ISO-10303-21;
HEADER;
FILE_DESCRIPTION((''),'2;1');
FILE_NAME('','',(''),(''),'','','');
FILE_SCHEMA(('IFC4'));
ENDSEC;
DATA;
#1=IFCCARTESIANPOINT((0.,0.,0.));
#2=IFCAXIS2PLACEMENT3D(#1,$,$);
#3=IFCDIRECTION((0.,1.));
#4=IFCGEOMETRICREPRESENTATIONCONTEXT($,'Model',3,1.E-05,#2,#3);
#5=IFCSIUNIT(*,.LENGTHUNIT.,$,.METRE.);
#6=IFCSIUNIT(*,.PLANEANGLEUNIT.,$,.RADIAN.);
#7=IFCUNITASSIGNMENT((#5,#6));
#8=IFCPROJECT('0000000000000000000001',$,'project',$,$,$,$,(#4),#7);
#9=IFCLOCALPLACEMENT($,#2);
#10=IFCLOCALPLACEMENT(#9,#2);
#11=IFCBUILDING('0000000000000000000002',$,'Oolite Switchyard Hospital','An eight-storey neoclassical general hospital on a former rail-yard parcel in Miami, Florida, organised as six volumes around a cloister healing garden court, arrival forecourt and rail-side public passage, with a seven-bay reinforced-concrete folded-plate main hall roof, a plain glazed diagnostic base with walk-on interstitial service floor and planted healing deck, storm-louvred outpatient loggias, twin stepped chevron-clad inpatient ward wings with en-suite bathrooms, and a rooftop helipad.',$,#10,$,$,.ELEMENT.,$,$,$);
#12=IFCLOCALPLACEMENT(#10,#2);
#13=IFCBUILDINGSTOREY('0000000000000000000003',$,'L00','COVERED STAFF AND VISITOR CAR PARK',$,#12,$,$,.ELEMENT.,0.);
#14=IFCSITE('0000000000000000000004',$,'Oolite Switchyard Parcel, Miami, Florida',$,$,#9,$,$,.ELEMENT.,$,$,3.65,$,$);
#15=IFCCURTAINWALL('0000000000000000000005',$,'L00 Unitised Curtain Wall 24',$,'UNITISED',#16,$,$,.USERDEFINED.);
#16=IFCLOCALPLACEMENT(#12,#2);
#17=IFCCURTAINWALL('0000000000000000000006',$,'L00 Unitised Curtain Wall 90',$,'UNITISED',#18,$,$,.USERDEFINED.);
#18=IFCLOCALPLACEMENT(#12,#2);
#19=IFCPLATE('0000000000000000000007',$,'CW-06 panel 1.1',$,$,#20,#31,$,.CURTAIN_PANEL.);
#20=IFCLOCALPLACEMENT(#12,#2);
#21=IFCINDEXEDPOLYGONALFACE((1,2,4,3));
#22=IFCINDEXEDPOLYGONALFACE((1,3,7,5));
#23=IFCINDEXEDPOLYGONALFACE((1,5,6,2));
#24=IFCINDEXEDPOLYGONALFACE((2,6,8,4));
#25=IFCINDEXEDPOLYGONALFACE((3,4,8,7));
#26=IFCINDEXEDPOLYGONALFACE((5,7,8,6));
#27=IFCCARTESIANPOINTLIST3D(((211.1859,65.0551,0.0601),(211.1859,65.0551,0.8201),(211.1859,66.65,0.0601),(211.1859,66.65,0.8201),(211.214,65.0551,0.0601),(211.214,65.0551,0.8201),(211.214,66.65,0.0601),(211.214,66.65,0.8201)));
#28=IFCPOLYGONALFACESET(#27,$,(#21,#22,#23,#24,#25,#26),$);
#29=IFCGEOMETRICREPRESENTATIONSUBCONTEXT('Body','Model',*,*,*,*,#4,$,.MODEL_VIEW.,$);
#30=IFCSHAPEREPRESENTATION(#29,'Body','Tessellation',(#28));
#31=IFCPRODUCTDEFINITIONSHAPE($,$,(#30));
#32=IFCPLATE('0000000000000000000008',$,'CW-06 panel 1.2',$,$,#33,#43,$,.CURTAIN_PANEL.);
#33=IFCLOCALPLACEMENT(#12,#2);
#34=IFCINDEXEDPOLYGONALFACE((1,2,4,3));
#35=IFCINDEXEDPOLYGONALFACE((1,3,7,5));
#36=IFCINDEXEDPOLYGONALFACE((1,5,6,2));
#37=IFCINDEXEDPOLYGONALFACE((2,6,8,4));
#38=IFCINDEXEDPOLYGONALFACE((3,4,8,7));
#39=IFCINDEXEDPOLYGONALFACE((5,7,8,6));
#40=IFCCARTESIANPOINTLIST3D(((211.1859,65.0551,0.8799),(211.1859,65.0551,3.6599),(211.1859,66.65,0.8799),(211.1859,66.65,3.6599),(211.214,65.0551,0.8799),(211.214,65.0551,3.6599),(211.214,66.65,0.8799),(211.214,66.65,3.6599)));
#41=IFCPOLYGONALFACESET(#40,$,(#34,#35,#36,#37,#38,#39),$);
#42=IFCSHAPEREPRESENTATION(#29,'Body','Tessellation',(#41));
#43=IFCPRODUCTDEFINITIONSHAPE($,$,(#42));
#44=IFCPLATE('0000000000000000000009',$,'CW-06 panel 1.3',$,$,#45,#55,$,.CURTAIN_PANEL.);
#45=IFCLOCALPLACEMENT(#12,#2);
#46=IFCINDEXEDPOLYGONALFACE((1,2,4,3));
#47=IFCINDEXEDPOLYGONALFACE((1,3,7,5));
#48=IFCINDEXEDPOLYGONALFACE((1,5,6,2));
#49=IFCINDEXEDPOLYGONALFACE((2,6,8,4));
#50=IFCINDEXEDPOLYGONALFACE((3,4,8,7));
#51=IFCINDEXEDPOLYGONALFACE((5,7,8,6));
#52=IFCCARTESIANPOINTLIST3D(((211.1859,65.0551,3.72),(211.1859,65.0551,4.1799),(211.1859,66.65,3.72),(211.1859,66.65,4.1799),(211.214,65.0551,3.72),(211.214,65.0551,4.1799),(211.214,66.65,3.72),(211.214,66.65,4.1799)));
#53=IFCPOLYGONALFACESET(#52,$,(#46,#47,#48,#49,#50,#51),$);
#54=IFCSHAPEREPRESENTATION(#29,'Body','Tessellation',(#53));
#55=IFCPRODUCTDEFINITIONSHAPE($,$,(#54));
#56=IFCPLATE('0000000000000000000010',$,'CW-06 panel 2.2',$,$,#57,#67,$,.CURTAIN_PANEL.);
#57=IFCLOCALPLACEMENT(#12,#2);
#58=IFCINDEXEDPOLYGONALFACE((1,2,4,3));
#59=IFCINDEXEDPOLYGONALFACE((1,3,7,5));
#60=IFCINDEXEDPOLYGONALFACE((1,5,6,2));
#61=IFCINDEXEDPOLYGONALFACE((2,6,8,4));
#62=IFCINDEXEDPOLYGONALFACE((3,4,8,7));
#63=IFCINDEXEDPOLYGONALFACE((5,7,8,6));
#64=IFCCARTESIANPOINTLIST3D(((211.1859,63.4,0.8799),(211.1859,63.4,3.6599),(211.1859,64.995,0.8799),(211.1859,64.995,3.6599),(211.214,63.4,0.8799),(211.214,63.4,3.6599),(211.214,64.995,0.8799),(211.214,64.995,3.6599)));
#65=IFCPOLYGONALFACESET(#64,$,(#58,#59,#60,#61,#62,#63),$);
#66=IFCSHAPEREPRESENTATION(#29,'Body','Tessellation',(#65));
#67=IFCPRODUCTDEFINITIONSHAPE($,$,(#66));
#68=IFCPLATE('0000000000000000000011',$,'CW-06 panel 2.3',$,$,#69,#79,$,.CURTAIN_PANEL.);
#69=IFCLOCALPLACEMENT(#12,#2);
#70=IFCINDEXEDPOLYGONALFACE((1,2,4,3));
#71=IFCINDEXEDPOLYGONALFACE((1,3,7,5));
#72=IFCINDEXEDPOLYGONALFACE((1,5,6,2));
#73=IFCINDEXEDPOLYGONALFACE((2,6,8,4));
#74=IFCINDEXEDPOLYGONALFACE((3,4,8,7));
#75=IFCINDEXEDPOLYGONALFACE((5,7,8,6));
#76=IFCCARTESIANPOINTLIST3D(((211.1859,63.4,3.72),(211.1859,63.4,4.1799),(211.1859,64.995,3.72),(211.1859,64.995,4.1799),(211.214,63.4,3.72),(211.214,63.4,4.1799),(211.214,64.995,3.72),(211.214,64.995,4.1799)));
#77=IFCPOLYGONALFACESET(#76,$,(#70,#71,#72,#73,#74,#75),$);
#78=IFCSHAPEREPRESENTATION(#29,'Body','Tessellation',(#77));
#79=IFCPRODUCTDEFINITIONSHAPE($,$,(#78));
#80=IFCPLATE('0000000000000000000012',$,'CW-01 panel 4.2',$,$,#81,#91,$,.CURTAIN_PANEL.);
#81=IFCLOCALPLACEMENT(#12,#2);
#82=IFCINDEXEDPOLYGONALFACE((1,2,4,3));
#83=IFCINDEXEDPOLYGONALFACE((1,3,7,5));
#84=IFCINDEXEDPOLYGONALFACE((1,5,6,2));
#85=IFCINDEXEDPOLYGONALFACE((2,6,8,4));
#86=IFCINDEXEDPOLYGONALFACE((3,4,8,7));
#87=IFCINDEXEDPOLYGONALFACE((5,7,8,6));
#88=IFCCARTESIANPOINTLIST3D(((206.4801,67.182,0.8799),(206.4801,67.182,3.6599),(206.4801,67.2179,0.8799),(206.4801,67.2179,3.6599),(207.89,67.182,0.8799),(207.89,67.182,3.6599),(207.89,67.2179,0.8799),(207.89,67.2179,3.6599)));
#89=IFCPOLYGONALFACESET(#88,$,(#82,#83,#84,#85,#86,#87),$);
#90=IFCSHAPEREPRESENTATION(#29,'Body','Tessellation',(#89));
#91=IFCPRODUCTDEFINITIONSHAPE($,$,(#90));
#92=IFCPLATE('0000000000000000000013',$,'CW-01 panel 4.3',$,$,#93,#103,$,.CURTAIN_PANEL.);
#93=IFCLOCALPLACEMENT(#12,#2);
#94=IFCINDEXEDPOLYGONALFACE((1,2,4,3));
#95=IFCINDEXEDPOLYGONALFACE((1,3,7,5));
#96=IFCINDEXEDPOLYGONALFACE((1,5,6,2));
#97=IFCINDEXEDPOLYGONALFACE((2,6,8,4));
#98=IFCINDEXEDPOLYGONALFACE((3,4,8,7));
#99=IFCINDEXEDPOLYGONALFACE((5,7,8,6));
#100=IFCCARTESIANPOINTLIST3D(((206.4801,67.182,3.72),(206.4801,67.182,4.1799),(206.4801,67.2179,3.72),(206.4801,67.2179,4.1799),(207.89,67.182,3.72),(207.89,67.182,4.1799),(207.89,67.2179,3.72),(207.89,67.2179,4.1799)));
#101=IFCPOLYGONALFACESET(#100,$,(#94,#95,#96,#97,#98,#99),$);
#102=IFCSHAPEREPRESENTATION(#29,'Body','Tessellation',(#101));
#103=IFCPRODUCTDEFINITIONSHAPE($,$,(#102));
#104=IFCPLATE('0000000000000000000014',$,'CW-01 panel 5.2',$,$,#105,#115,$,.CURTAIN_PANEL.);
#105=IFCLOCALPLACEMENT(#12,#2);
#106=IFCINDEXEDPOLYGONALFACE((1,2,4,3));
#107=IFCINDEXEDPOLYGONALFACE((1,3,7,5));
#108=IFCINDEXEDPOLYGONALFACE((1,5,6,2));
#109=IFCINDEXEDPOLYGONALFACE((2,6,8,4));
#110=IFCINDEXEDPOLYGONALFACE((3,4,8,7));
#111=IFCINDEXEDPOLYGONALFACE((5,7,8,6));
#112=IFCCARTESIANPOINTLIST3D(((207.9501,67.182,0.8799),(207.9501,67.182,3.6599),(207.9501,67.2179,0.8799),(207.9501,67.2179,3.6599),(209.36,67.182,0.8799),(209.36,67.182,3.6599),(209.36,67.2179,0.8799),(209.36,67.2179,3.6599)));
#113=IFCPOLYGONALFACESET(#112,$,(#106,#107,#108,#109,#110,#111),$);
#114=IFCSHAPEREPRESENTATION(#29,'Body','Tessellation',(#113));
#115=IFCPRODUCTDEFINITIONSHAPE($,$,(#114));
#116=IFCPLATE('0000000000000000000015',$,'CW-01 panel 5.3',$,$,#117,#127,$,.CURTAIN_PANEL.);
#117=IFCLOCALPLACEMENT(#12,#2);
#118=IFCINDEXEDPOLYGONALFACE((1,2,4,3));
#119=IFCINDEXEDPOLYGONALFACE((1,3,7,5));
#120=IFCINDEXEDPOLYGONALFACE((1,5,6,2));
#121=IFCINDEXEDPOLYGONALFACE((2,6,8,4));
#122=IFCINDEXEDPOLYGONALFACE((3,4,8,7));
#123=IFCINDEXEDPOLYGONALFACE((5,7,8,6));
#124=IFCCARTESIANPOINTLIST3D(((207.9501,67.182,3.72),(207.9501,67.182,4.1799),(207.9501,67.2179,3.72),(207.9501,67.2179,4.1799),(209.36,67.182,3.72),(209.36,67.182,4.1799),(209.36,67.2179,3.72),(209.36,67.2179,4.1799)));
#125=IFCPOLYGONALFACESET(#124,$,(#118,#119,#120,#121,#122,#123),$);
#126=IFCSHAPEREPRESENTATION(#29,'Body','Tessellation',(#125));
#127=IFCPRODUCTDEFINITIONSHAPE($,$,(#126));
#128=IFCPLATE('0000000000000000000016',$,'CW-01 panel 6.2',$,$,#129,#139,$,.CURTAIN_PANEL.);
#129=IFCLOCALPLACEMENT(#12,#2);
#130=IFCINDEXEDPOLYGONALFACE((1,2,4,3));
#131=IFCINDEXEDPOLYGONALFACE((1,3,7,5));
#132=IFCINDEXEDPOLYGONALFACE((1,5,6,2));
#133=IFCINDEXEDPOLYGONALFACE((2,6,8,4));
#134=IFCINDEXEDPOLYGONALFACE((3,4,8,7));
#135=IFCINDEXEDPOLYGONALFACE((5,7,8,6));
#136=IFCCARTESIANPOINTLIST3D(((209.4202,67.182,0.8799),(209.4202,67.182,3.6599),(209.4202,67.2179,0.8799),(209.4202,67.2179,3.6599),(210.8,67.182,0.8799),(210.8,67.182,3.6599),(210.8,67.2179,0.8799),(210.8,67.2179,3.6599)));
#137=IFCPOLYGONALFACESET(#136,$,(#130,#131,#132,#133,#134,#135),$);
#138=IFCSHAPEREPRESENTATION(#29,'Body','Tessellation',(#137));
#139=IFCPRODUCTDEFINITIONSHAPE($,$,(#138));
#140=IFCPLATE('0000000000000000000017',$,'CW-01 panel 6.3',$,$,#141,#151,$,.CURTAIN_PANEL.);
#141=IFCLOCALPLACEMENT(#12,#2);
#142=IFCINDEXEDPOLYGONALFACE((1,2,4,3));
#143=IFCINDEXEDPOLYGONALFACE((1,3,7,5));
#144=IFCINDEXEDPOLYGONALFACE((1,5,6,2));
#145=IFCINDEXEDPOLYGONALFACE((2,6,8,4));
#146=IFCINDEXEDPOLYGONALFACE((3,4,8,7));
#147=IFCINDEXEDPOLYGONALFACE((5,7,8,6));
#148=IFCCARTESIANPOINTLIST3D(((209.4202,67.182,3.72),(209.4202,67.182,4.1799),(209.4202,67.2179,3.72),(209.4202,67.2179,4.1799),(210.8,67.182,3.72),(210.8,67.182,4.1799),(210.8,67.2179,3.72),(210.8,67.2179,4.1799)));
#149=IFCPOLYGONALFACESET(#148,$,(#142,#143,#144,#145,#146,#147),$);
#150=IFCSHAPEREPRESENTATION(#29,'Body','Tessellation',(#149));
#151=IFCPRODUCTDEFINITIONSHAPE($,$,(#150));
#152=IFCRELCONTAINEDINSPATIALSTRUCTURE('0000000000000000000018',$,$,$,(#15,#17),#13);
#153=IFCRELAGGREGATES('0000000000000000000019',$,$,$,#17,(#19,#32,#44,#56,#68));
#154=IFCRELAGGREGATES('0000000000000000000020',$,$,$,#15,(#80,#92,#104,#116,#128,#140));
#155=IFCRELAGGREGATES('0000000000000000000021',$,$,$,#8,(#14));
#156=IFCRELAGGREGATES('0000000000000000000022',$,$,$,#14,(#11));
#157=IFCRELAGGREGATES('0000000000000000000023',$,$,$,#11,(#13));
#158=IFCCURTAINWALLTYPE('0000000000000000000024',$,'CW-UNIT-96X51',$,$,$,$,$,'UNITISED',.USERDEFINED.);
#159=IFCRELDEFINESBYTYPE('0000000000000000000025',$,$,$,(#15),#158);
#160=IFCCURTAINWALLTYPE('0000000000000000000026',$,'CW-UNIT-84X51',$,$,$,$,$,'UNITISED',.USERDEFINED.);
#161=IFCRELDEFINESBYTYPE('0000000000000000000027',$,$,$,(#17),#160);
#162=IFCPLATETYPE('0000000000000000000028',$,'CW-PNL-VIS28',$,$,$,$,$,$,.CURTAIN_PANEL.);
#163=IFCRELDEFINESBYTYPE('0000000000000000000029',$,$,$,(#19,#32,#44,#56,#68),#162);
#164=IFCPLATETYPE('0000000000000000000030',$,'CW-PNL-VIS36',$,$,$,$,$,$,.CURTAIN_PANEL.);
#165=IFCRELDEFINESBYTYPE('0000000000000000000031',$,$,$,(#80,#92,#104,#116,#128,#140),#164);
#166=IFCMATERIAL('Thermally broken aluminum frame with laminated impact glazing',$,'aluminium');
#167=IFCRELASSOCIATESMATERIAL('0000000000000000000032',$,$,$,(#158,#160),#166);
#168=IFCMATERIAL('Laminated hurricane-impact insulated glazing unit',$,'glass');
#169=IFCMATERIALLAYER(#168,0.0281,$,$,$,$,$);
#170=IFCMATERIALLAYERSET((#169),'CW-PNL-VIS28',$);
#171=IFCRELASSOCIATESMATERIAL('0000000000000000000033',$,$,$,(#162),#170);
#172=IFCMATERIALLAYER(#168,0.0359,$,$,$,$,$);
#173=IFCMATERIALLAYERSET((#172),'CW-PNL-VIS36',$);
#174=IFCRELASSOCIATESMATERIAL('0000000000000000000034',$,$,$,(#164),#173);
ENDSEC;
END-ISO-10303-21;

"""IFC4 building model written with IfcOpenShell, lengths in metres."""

from ifc_helpers import new_model, si_unit, direction, frame, origin, origin_2d, place, context, subcontext, project, spatial, rectangle, extrude, material, layer, layer_set, type_object, element, aggregate, save


model = new_model("IFC4")

# Units and contexts
model_context = context("Model", 3, precision=1e-05, world=origin(), true_north=direction((0.0, 1.0)))
body_context = subcontext(model_context, "Body", "Model", "MODEL_VIEW")
ifc_project = project(units=[si_unit("LENGTHUNIT", "METRE"), si_unit("PLANEANGLEUNIT", "RADIAN")], contexts=[model_context])

# Site, building, storey
site_placement = place(None, origin())
site = spatial("IfcSite", under=ifc_project, at=site_placement, Name="Oolite Switchyard Parcel, Miami, Florida", CompositionType="ELEMENT", RefElevation=3.65)
building_placement = place(site_placement, origin())
building = spatial("IfcBuilding", under=site, at=building_placement, Name="Oolite Switchyard Hospital", Description="An eight-storey neoclassical general hospital on a former rail-yard parcel in Miami, Florida, organised as six volumes around a cloister healing garden court, arrival forecourt and rail-side public passage, with a seven-bay reinforced-concrete folded-plate main hall roof, a plain glazed diagnostic base with walk-on interstitial service floor and planted healing deck, storm-louvred outpatient loggias, twin stepped chevron-clad inpatient ward wings with en-suite bathrooms, and a rooftop helipad.", CompositionType="ELEMENT")
storey_placement = place(building_placement, origin())
storey = spatial("IfcBuildingStorey", under=building, at=storey_placement, Name="L00", Description="COVERED STAFF AND VISITOR CAR PARK", CompositionType="ELEMENT", Elevation=0.0)

# Curtain walls
ifc_material_1 = material(Name="Thermally broken aluminum frame with laminated impact glazing", Category="aluminium")
curtain_wall_type_1 = type_object("IfcCurtainWallType", Name="CW-UNIT-96X51", ElementType="UNITISED", PredefinedType="USERDEFINED", material=ifc_material_1)
curtain_wall_1_placement = place(storey_placement, origin())
curtain_wall_1 = element("IfcCurtainWall", 1, at=curtain_wall_1_placement, inside=storey, type_object=curtain_wall_type_1, Name="L00 Unitised Curtain Wall 24", ObjectType="UNITISED", PredefinedType="USERDEFINED")
curtain_wall_type_2 = type_object("IfcCurtainWallType", Name="CW-UNIT-84X51", ElementType="UNITISED", PredefinedType="USERDEFINED", material=ifc_material_1)
curtain_wall_2_placement = place(storey_placement, origin())
curtain_wall_2 = element("IfcCurtainWall", 2, at=curtain_wall_2_placement, inside=storey, type_object=curtain_wall_type_2, Name="L00 Unitised Curtain Wall 90", ObjectType="UNITISED", PredefinedType="USERDEFINED")

# Plates
ifc_material_2 = material(Name="Laminated hurricane-impact insulated glazing unit", Category="glass")
ifc_layer_1 = layer(ifc_material_2, 0.0281)
ifc_layer_set_1 = layer_set([ifc_layer_1], Name="CW-PNL-VIS28")
plate_type_1 = type_object("IfcPlateType", Name="CW-PNL-VIS28", PredefinedType="CURTAIN_PANEL", material=ifc_layer_set_1)
plate_1_placement = place(storey_placement, frame((211.2, 65.8525, 0.0601), z_axis=(0.0, 0.0, 1.0), x_axis=(0.0, -1.0, 0.0)))
plate_1 = element("IfcPlate", 3, at=plate_1_placement, type_object=plate_type_1, Name="CW-06 panel 1.1", PredefinedType="CURTAIN_PANEL", context=body_context, shape_type="SweptSolid", body=[
    extrude(rectangle(XDim=1.595, YDim=0.0281, at=origin_2d()), origin(), (0.0, 0.0, 1.0), 0.76),
])
plate_2_placement = place(storey_placement, frame((211.2, 65.8525, 0.8799), z_axis=(0.0, 0.0, 1.0), x_axis=(0.0, -1.0, 0.0)))
plate_2 = element("IfcPlate", 4, at=plate_2_placement, type_object=plate_type_1, Name="CW-06 panel 1.2", PredefinedType="CURTAIN_PANEL", context=body_context, shape_type="SweptSolid", body=[
    extrude(rectangle(XDim=1.595, YDim=0.0281, at=origin_2d()), origin(), (0.0, 0.0, 1.0), 2.78),
])
plate_3_placement = place(storey_placement, frame((211.2, 65.8525, 3.72), z_axis=(0.0, 0.0, 1.0), x_axis=(0.0, -1.0, 0.0)))
plate_3 = element("IfcPlate", 5, at=plate_3_placement, type_object=plate_type_1, Name="CW-06 panel 1.3", PredefinedType="CURTAIN_PANEL", context=body_context, shape_type="SweptSolid", body=[
    extrude(rectangle(XDim=1.595, YDim=0.0281, at=origin_2d()), origin(), (0.0, 0.0, 1.0), 0.46),
])
plate_4_placement = place(storey_placement, frame((211.2, 64.1975, 0.8799), z_axis=(0.0, 0.0, 1.0), x_axis=(0.0, -1.0, 0.0)))
plate_4 = element("IfcPlate", 6, at=plate_4_placement, type_object=plate_type_1, Name="CW-06 panel 2.2", PredefinedType="CURTAIN_PANEL", context=body_context, shape_type="SweptSolid", body=[
    extrude(rectangle(XDim=1.595, YDim=0.0281, at=origin_2d()), origin(), (0.0, 0.0, 1.0), 2.78),
])
plate_5_placement = place(storey_placement, frame((211.2, 64.1975, 3.72), z_axis=(0.0, 0.0, 1.0), x_axis=(0.0, -1.0, 0.0)))
plate_5 = element("IfcPlate", 7, at=plate_5_placement, type_object=plate_type_1, Name="CW-06 panel 2.3", PredefinedType="CURTAIN_PANEL", context=body_context, shape_type="SweptSolid", body=[
    extrude(rectangle(XDim=1.595, YDim=0.0281, at=origin_2d()), origin(), (0.0, 0.0, 1.0), 0.46),
])
aggregate(curtain_wall_2, [plate_1, plate_2, plate_3, plate_4, plate_5])
ifc_layer_2 = layer(ifc_material_2, 0.0359)
ifc_layer_set_2 = layer_set([ifc_layer_2], Name="CW-PNL-VIS36")
plate_type_2 = type_object("IfcPlateType", Name="CW-PNL-VIS36", PredefinedType="CURTAIN_PANEL", material=ifc_layer_set_2)
plate_6_placement = place(storey_placement, frame((207.1851, 67.2, 0.8799), z_axis=(0.0, 0.0, 1.0), x_axis=(1.0, 0.0, 0.0)))
plate_6 = element("IfcPlate", 8, at=plate_6_placement, type_object=plate_type_2, Name="CW-01 panel 4.2", PredefinedType="CURTAIN_PANEL", context=body_context, shape_type="SweptSolid", body=[
    extrude(rectangle(XDim=1.4099, YDim=0.0359, at=origin_2d()), origin(), (0.0, 0.0, 1.0), 2.78),
])
plate_7_placement = place(storey_placement, frame((207.1851, 67.2, 3.72), z_axis=(0.0, 0.0, 1.0), x_axis=(1.0, 0.0, 0.0)))
plate_7 = element("IfcPlate", 9, at=plate_7_placement, type_object=plate_type_2, Name="CW-01 panel 4.3", PredefinedType="CURTAIN_PANEL", context=body_context, shape_type="SweptSolid", body=[
    extrude(rectangle(XDim=1.4099, YDim=0.0359, at=origin_2d()), origin(), (0.0, 0.0, 1.0), 0.46),
])
plate_8_placement = place(storey_placement, frame((208.655, 67.2, 0.8799), z_axis=(0.0, 0.0, 1.0), x_axis=(1.0, 0.0, 0.0)))
plate_8 = element("IfcPlate", 10, at=plate_8_placement, type_object=plate_type_2, Name="CW-01 panel 5.2", PredefinedType="CURTAIN_PANEL", context=body_context, shape_type="SweptSolid", body=[
    extrude(rectangle(XDim=1.4099, YDim=0.0359, at=origin_2d()), origin(), (0.0, 0.0, 1.0), 2.78),
])
plate_9_placement = place(storey_placement, frame((208.655, 67.2, 3.72), z_axis=(0.0, 0.0, 1.0), x_axis=(1.0, 0.0, 0.0)))
plate_9 = element("IfcPlate", 11, at=plate_9_placement, type_object=plate_type_2, Name="CW-01 panel 5.3", PredefinedType="CURTAIN_PANEL", context=body_context, shape_type="SweptSolid", body=[
    extrude(rectangle(XDim=1.4099, YDim=0.0359, at=origin_2d()), origin(), (0.0, 0.0, 1.0), 0.46),
])
plate_10_placement = place(storey_placement, frame((210.1101, 67.2, 0.8799), z_axis=(0.0, 0.0, 1.0), x_axis=(1.0, 0.0, 0.0)))
plate_10 = element("IfcPlate", 12, at=plate_10_placement, type_object=plate_type_2, Name="CW-01 panel 6.2", PredefinedType="CURTAIN_PANEL", context=body_context, shape_type="SweptSolid", body=[
    extrude(rectangle(XDim=1.3799, YDim=0.0359, at=origin_2d()), origin(), (0.0, 0.0, 1.0), 2.78),
])
plate_11_placement = place(storey_placement, frame((210.1101, 67.2, 3.72), z_axis=(0.0, 0.0, 1.0), x_axis=(1.0, 0.0, 0.0)))
plate_11 = element("IfcPlate", 13, at=plate_11_placement, type_object=plate_type_2, Name="CW-01 panel 6.3", PredefinedType="CURTAIN_PANEL", context=body_context, shape_type="SweptSolid", body=[
    extrude(rectangle(XDim=1.3799, YDim=0.0359, at=origin_2d()), origin(), (0.0, 0.0, 1.0), 0.46),
])
aggregate(curtain_wall_1, [plate_6, plate_7, plate_8, plate_9, plate_10, plate_11])

save(model, "model.ifc")
